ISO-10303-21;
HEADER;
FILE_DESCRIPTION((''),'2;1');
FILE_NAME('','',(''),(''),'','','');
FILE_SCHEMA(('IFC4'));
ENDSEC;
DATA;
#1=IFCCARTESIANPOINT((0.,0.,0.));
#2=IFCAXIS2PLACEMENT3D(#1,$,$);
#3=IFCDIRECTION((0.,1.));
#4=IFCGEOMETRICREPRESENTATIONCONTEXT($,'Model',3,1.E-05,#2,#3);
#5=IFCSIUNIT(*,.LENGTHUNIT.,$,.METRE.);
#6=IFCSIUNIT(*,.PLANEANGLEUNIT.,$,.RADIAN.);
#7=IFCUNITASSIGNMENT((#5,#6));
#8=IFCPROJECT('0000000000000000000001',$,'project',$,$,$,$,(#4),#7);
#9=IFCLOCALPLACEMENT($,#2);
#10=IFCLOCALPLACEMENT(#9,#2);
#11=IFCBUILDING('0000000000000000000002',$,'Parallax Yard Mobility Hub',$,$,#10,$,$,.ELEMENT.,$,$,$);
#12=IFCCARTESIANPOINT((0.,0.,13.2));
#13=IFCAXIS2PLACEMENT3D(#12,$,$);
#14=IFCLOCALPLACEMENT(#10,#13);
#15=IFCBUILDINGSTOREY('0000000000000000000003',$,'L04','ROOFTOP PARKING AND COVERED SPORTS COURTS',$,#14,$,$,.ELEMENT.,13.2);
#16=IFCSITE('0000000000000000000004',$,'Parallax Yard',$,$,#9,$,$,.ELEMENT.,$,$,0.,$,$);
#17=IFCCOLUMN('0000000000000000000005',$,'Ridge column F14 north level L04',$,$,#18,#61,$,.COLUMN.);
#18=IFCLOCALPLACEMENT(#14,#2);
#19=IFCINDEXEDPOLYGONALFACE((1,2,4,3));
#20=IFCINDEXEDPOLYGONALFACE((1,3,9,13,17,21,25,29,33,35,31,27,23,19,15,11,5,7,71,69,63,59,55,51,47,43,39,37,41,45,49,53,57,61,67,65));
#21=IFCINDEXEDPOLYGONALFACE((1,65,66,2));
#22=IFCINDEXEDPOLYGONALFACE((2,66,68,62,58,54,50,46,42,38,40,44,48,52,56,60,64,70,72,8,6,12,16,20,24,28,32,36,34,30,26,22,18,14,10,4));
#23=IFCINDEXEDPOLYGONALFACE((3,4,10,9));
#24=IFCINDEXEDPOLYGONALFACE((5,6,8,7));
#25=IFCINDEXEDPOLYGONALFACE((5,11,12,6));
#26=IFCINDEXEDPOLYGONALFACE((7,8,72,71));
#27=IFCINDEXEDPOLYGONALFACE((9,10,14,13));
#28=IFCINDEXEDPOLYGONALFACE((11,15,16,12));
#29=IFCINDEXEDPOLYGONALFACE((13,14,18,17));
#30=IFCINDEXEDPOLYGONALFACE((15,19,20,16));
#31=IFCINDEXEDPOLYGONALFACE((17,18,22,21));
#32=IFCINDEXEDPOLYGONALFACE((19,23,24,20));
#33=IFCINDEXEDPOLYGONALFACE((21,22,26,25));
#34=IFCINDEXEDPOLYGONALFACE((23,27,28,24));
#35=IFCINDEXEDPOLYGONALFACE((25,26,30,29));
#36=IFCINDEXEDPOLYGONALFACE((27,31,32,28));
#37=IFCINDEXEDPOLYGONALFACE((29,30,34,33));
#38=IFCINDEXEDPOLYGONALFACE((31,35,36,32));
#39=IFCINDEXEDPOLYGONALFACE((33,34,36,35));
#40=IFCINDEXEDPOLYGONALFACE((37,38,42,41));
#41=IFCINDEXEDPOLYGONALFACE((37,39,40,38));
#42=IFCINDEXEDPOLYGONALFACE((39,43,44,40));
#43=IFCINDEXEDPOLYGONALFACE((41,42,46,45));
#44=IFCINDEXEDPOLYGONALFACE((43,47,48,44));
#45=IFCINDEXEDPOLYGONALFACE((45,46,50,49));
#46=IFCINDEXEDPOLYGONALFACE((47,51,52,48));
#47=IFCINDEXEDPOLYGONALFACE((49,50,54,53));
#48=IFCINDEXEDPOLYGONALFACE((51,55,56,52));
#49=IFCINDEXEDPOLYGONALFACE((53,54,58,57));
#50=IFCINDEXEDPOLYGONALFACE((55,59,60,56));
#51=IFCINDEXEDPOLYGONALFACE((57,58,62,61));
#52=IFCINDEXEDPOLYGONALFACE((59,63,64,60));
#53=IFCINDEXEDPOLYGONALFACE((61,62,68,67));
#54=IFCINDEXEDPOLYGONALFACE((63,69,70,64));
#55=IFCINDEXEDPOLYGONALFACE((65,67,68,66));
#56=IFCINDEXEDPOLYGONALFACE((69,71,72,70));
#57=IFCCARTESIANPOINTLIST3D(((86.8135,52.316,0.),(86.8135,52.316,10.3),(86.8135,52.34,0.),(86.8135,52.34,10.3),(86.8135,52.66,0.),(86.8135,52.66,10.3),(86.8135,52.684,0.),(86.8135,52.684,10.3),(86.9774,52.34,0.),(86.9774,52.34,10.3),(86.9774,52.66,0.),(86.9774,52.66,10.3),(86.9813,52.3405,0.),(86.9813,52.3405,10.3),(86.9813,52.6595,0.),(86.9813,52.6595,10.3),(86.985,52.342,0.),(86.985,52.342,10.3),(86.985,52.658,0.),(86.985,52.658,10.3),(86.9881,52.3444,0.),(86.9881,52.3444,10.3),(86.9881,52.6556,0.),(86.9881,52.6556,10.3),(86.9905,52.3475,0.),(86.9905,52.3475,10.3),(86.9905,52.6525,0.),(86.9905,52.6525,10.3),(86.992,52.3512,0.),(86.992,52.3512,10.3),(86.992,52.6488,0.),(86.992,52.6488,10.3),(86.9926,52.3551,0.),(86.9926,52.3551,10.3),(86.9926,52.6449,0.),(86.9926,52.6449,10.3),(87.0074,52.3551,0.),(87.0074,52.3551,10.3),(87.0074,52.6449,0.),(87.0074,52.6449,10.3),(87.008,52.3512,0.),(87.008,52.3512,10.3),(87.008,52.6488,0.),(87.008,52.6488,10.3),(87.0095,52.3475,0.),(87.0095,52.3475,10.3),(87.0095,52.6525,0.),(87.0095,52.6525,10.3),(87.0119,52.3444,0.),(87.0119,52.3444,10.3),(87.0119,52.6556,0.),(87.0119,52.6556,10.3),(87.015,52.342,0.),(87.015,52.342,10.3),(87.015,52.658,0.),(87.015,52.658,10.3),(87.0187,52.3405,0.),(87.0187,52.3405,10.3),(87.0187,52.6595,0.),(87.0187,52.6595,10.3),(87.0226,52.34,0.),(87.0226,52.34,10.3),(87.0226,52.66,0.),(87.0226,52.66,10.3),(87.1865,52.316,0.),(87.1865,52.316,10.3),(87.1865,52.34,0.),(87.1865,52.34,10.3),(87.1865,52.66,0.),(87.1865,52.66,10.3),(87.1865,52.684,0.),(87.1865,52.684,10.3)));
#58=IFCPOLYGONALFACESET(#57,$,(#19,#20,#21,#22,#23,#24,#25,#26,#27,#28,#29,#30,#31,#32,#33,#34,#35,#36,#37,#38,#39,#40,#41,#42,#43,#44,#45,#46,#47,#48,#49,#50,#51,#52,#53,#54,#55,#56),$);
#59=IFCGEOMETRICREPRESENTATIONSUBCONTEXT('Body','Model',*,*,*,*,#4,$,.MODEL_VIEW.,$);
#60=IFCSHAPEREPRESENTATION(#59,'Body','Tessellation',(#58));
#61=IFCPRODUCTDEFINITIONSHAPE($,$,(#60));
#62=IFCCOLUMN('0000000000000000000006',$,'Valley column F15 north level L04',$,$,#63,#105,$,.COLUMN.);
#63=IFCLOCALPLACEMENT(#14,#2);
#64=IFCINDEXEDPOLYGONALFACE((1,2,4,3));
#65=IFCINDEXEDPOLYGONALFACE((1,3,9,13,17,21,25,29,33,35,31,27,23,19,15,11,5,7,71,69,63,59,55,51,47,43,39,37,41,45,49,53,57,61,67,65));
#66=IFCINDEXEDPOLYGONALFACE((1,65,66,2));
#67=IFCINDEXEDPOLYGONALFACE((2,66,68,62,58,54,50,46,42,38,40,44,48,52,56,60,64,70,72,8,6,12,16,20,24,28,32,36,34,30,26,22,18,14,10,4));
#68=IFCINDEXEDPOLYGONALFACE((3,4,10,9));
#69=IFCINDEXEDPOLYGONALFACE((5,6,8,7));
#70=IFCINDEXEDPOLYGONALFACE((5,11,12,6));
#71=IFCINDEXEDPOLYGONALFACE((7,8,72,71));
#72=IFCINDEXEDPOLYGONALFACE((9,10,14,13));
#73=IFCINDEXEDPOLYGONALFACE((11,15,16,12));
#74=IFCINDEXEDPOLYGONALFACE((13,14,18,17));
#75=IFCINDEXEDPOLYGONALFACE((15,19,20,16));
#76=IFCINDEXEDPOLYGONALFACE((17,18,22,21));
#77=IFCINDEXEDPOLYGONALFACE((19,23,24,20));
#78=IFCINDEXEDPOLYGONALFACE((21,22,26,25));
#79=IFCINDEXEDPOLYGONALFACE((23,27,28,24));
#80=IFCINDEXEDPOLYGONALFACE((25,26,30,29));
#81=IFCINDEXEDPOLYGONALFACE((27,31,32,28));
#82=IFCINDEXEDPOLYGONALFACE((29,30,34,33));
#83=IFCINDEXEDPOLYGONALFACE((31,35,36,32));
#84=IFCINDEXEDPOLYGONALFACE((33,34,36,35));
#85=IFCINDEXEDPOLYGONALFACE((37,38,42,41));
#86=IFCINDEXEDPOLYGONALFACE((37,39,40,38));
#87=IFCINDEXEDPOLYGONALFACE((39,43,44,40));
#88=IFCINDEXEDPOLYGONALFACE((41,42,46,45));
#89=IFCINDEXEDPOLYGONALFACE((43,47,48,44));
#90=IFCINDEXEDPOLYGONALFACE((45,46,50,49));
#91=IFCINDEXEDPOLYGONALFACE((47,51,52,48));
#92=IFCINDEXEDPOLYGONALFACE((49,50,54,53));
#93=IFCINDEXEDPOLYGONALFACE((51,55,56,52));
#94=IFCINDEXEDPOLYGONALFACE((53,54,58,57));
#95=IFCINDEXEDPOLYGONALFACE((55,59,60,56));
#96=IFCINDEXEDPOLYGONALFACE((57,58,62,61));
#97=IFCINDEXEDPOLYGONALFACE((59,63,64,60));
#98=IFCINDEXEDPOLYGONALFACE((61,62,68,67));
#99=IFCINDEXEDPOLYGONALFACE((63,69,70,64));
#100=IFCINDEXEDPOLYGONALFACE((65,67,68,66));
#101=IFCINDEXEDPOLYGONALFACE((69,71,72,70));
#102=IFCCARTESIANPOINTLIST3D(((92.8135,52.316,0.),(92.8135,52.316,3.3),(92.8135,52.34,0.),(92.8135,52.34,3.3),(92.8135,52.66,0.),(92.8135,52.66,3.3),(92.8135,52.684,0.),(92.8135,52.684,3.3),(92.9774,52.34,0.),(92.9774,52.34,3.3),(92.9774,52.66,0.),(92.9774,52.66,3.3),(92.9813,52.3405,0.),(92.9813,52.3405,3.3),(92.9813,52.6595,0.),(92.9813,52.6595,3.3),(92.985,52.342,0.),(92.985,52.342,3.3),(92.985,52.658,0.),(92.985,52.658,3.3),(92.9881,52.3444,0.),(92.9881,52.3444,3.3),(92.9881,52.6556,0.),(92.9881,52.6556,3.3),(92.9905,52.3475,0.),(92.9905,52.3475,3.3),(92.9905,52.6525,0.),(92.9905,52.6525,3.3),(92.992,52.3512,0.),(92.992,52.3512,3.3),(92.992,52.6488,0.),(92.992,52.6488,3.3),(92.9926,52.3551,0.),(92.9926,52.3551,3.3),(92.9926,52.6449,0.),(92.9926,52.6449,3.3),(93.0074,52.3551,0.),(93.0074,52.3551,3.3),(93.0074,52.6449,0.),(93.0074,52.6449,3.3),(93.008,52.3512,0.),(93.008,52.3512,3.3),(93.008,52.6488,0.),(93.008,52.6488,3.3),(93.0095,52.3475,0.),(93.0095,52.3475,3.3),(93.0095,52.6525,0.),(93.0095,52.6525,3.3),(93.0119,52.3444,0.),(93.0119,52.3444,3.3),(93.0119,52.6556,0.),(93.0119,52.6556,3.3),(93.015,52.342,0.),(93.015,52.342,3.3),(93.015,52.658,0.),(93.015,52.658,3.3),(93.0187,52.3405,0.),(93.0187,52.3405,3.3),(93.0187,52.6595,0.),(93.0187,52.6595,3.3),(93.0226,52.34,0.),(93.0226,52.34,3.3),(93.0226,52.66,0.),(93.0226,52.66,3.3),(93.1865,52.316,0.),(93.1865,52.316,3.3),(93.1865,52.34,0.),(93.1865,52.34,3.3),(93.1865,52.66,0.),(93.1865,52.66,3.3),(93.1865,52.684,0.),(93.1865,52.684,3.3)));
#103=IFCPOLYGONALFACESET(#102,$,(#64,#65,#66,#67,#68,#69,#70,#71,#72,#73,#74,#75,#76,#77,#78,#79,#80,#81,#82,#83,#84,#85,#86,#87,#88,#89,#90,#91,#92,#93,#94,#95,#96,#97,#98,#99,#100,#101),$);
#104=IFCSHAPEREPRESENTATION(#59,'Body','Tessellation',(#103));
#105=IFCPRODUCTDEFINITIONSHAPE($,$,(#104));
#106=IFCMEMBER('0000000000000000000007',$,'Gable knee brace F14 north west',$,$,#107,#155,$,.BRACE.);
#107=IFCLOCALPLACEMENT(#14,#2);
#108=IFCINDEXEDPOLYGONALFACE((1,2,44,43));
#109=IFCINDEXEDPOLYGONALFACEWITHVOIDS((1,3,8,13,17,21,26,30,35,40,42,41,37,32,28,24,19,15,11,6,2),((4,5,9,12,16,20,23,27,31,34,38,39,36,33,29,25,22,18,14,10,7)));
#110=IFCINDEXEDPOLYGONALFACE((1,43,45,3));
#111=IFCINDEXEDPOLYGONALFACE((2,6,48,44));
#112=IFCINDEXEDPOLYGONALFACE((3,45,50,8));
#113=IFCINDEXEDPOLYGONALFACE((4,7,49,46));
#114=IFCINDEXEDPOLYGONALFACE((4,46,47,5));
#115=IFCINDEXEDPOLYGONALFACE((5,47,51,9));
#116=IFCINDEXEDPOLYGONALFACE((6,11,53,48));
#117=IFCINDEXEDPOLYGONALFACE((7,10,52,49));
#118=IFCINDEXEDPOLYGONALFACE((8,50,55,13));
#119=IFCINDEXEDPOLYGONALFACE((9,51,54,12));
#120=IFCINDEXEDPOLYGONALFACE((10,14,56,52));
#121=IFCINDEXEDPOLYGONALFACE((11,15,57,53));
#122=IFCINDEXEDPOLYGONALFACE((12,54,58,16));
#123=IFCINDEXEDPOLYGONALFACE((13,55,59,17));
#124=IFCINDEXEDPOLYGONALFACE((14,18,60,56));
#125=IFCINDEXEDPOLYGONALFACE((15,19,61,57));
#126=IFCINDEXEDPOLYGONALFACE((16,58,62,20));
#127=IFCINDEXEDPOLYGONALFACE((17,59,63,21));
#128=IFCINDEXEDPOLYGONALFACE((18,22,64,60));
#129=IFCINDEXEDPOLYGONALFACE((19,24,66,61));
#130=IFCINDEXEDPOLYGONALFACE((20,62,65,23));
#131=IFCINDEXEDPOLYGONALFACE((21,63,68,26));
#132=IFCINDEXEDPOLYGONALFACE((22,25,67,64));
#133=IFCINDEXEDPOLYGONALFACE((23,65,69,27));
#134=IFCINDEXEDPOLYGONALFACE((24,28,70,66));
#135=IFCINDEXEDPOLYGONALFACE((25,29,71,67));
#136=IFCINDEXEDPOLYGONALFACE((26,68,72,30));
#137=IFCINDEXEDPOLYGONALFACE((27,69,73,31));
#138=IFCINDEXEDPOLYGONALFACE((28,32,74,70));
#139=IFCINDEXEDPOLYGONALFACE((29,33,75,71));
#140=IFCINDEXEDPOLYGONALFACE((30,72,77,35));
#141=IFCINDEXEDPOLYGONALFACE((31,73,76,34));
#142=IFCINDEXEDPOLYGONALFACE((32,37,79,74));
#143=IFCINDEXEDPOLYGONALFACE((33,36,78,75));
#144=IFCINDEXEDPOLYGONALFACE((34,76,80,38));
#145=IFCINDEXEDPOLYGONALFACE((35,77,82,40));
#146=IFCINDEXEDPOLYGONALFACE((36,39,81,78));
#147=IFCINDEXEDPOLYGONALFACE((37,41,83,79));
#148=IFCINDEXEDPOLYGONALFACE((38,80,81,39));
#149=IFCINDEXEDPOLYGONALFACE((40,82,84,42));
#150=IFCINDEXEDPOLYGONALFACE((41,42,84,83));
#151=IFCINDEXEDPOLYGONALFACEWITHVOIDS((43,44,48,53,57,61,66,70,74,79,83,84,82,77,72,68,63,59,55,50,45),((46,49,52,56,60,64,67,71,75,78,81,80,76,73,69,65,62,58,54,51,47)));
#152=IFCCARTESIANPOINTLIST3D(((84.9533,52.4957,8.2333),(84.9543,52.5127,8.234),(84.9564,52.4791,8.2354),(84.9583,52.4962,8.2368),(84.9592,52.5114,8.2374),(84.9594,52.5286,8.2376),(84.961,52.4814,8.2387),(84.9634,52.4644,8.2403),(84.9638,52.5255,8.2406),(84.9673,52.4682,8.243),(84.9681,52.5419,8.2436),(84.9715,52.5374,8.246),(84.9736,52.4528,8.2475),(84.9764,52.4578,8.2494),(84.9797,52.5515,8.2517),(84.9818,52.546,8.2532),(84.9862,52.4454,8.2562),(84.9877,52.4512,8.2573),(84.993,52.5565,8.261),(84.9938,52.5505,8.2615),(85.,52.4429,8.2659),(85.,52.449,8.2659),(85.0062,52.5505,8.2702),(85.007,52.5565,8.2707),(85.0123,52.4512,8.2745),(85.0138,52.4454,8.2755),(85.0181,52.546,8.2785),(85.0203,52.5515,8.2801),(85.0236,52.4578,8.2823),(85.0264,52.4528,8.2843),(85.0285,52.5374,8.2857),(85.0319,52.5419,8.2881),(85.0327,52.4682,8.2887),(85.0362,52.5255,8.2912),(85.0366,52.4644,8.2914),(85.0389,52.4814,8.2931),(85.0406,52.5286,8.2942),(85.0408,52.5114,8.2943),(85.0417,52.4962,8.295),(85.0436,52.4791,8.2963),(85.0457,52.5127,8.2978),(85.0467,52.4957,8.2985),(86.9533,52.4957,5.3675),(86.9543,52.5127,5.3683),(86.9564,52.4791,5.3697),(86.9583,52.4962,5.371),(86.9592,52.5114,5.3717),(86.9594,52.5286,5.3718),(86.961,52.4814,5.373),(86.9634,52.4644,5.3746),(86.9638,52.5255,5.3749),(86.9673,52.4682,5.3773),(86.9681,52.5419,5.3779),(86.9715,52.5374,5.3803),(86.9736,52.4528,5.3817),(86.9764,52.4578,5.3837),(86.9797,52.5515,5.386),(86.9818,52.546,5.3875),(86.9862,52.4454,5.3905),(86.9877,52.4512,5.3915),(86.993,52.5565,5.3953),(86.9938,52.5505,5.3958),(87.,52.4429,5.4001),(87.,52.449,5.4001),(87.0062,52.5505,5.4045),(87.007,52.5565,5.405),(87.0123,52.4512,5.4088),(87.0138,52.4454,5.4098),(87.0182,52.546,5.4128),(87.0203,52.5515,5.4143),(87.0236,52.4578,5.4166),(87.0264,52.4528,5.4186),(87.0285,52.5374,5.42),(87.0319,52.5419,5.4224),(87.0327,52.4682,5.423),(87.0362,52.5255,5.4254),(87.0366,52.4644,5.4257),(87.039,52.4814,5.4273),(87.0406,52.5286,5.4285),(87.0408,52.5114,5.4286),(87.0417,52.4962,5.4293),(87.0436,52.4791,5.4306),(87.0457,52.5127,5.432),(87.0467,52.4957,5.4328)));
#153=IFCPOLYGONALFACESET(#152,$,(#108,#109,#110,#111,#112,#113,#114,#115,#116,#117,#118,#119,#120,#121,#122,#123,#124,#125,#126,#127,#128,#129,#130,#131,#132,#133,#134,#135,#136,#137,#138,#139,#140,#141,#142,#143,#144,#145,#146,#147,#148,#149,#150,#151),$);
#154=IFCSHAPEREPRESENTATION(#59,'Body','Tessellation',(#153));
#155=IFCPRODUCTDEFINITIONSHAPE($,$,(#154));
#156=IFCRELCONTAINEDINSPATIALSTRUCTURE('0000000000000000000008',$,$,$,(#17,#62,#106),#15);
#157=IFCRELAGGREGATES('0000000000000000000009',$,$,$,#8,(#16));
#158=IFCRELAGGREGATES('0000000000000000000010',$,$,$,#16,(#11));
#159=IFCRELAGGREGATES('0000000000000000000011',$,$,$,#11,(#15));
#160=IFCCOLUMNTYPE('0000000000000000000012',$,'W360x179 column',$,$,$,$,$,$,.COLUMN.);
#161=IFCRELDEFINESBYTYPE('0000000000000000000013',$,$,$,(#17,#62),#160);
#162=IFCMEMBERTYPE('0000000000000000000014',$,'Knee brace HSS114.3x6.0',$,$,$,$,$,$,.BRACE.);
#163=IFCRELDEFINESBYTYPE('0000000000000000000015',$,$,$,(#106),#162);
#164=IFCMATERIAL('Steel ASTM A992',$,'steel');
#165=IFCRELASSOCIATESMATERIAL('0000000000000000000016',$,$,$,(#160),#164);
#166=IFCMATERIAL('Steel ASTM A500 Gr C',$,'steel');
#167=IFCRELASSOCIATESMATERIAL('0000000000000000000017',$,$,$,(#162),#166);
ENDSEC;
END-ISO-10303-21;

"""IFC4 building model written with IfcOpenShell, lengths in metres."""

from ifc_helpers import new_model, si_unit, direction, frame, origin, origin_2d, place, context, subcontext, project, spatial, hollow_circle, i_section, extrude, material, material_profile, profile_set, type_object, element, save


model = new_model("IFC4")

# Units and contexts
model_context = context("Model", 3, precision=1e-05, world=origin(), true_north=direction((0.0, 1.0)))
body_context = subcontext(model_context, "Body", "Model", "MODEL_VIEW")
ifc_project = project(units=[si_unit("LENGTHUNIT", "METRE"), si_unit("PLANEANGLEUNIT", "RADIAN")], contexts=[model_context])

# Site, building, storey
site_placement = place(None, origin())
site = spatial("IfcSite", under=ifc_project, at=site_placement, Name="Parallax Yard", CompositionType="ELEMENT", RefElevation=0.0)
building_placement = place(site_placement, origin())
building = spatial("IfcBuilding", under=site, at=building_placement, Name="Parallax Yard Mobility Hub", CompositionType="ELEMENT")
storey_placement = place(building_placement, frame((0.0, 0.0, 13.2)))
storey = spatial("IfcBuildingStorey", under=building, at=storey_placement, Name="L04", Description="ROOFTOP PARKING AND COVERED SPORTS COURTS", CompositionType="ELEMENT", Elevation=13.2)

# Columns
ifc_material_1 = material(Name="Steel ASTM A992", Category="steel")
ifc_material_profile_1 = material_profile(ifc_material_1, i_section(OverallWidth=0.373, OverallDepth=0.3679, WebThickness=0.0149, FlangeThickness=0.0239, FilletRadius=0.0151, at=origin_2d()), Name="W360x179")
ifc_profile_set_1 = profile_set([ifc_material_profile_1], Name="Steel ASTM A992")
column_type = type_object("IfcColumnType", Name="W360x179 column", PredefinedType="COLUMN", material=ifc_profile_set_1)
column_1_placement = place(storey_placement, frame((87.0, 52.5, 0.0), z_axis=(0.0, 0.0, 1.0), x_axis=(1.0, 0.0, 0.0)))
element("IfcColumn", 1, at=column_1_placement, inside=storey, type_object=column_type, Name="Ridge column F14 north level L04", PredefinedType="COLUMN", context=body_context, shape_type="SweptSolid", body=[
    extrude(i_section(OverallWidth=0.373, OverallDepth=0.3679, WebThickness=0.0149, FlangeThickness=0.0239, FilletRadius=0.0151, at=origin_2d()), origin(), (0.0, 0.0, 1.0), 10.3),
])
column_2_placement = place(storey_placement, frame((93.0, 52.5, 0.0), z_axis=(0.0, 0.0, 1.0), x_axis=(1.0, 0.0, 0.0)))
element("IfcColumn", 2, at=column_2_placement, inside=storey, type_object=column_type, Name="Valley column F15 north level L04", PredefinedType="COLUMN", context=body_context, shape_type="SweptSolid", body=[
    extrude(i_section(OverallWidth=0.373, OverallDepth=0.3679, WebThickness=0.0149, FlangeThickness=0.0239, FilletRadius=0.0151, at=origin_2d()), origin(), (0.0, 0.0, 1.0), 3.3),
])

# Member
ifc_material_2 = material(Name="Steel ASTM A500 Gr C", Category="steel")
ifc_material_profile_2 = material_profile(ifc_material_2, hollow_circle(Radius=0.0571, WallThickness=0.0061, at=origin_2d()), Name="HSS114.3x6.0")
ifc_profile_set_2 = profile_set([ifc_material_profile_2], Name="Steel ASTM A500 Gr C")
member_type_1 = type_object("IfcMemberType", Name="Knee brace HSS114.3x6.0", PredefinedType="BRACE", material=ifc_profile_set_2)
for number, where, z_axis, x_axis, name in (
    (3, (87.0, 52.5, 5.4001), (-0.572308, 0.0, 0.820039), (0.0, -1.0, 0.0), "Gable knee brace F14 north west"),
):
    element("IfcMember", number, at=place(storey_placement, frame(where, z_axis=z_axis, x_axis=x_axis)), inside=storey, type_object=member_type_1, Name=name, PredefinedType="BRACE", context=body_context, shape_type="SweptSolid", body=[
        extrude(hollow_circle(Radius=0.0571, WallThickness=0.0061, at=origin_2d()), origin(), (0.0, 0.0, 1.0), 3.4946),
    ])

save(model, "model.ifc")
